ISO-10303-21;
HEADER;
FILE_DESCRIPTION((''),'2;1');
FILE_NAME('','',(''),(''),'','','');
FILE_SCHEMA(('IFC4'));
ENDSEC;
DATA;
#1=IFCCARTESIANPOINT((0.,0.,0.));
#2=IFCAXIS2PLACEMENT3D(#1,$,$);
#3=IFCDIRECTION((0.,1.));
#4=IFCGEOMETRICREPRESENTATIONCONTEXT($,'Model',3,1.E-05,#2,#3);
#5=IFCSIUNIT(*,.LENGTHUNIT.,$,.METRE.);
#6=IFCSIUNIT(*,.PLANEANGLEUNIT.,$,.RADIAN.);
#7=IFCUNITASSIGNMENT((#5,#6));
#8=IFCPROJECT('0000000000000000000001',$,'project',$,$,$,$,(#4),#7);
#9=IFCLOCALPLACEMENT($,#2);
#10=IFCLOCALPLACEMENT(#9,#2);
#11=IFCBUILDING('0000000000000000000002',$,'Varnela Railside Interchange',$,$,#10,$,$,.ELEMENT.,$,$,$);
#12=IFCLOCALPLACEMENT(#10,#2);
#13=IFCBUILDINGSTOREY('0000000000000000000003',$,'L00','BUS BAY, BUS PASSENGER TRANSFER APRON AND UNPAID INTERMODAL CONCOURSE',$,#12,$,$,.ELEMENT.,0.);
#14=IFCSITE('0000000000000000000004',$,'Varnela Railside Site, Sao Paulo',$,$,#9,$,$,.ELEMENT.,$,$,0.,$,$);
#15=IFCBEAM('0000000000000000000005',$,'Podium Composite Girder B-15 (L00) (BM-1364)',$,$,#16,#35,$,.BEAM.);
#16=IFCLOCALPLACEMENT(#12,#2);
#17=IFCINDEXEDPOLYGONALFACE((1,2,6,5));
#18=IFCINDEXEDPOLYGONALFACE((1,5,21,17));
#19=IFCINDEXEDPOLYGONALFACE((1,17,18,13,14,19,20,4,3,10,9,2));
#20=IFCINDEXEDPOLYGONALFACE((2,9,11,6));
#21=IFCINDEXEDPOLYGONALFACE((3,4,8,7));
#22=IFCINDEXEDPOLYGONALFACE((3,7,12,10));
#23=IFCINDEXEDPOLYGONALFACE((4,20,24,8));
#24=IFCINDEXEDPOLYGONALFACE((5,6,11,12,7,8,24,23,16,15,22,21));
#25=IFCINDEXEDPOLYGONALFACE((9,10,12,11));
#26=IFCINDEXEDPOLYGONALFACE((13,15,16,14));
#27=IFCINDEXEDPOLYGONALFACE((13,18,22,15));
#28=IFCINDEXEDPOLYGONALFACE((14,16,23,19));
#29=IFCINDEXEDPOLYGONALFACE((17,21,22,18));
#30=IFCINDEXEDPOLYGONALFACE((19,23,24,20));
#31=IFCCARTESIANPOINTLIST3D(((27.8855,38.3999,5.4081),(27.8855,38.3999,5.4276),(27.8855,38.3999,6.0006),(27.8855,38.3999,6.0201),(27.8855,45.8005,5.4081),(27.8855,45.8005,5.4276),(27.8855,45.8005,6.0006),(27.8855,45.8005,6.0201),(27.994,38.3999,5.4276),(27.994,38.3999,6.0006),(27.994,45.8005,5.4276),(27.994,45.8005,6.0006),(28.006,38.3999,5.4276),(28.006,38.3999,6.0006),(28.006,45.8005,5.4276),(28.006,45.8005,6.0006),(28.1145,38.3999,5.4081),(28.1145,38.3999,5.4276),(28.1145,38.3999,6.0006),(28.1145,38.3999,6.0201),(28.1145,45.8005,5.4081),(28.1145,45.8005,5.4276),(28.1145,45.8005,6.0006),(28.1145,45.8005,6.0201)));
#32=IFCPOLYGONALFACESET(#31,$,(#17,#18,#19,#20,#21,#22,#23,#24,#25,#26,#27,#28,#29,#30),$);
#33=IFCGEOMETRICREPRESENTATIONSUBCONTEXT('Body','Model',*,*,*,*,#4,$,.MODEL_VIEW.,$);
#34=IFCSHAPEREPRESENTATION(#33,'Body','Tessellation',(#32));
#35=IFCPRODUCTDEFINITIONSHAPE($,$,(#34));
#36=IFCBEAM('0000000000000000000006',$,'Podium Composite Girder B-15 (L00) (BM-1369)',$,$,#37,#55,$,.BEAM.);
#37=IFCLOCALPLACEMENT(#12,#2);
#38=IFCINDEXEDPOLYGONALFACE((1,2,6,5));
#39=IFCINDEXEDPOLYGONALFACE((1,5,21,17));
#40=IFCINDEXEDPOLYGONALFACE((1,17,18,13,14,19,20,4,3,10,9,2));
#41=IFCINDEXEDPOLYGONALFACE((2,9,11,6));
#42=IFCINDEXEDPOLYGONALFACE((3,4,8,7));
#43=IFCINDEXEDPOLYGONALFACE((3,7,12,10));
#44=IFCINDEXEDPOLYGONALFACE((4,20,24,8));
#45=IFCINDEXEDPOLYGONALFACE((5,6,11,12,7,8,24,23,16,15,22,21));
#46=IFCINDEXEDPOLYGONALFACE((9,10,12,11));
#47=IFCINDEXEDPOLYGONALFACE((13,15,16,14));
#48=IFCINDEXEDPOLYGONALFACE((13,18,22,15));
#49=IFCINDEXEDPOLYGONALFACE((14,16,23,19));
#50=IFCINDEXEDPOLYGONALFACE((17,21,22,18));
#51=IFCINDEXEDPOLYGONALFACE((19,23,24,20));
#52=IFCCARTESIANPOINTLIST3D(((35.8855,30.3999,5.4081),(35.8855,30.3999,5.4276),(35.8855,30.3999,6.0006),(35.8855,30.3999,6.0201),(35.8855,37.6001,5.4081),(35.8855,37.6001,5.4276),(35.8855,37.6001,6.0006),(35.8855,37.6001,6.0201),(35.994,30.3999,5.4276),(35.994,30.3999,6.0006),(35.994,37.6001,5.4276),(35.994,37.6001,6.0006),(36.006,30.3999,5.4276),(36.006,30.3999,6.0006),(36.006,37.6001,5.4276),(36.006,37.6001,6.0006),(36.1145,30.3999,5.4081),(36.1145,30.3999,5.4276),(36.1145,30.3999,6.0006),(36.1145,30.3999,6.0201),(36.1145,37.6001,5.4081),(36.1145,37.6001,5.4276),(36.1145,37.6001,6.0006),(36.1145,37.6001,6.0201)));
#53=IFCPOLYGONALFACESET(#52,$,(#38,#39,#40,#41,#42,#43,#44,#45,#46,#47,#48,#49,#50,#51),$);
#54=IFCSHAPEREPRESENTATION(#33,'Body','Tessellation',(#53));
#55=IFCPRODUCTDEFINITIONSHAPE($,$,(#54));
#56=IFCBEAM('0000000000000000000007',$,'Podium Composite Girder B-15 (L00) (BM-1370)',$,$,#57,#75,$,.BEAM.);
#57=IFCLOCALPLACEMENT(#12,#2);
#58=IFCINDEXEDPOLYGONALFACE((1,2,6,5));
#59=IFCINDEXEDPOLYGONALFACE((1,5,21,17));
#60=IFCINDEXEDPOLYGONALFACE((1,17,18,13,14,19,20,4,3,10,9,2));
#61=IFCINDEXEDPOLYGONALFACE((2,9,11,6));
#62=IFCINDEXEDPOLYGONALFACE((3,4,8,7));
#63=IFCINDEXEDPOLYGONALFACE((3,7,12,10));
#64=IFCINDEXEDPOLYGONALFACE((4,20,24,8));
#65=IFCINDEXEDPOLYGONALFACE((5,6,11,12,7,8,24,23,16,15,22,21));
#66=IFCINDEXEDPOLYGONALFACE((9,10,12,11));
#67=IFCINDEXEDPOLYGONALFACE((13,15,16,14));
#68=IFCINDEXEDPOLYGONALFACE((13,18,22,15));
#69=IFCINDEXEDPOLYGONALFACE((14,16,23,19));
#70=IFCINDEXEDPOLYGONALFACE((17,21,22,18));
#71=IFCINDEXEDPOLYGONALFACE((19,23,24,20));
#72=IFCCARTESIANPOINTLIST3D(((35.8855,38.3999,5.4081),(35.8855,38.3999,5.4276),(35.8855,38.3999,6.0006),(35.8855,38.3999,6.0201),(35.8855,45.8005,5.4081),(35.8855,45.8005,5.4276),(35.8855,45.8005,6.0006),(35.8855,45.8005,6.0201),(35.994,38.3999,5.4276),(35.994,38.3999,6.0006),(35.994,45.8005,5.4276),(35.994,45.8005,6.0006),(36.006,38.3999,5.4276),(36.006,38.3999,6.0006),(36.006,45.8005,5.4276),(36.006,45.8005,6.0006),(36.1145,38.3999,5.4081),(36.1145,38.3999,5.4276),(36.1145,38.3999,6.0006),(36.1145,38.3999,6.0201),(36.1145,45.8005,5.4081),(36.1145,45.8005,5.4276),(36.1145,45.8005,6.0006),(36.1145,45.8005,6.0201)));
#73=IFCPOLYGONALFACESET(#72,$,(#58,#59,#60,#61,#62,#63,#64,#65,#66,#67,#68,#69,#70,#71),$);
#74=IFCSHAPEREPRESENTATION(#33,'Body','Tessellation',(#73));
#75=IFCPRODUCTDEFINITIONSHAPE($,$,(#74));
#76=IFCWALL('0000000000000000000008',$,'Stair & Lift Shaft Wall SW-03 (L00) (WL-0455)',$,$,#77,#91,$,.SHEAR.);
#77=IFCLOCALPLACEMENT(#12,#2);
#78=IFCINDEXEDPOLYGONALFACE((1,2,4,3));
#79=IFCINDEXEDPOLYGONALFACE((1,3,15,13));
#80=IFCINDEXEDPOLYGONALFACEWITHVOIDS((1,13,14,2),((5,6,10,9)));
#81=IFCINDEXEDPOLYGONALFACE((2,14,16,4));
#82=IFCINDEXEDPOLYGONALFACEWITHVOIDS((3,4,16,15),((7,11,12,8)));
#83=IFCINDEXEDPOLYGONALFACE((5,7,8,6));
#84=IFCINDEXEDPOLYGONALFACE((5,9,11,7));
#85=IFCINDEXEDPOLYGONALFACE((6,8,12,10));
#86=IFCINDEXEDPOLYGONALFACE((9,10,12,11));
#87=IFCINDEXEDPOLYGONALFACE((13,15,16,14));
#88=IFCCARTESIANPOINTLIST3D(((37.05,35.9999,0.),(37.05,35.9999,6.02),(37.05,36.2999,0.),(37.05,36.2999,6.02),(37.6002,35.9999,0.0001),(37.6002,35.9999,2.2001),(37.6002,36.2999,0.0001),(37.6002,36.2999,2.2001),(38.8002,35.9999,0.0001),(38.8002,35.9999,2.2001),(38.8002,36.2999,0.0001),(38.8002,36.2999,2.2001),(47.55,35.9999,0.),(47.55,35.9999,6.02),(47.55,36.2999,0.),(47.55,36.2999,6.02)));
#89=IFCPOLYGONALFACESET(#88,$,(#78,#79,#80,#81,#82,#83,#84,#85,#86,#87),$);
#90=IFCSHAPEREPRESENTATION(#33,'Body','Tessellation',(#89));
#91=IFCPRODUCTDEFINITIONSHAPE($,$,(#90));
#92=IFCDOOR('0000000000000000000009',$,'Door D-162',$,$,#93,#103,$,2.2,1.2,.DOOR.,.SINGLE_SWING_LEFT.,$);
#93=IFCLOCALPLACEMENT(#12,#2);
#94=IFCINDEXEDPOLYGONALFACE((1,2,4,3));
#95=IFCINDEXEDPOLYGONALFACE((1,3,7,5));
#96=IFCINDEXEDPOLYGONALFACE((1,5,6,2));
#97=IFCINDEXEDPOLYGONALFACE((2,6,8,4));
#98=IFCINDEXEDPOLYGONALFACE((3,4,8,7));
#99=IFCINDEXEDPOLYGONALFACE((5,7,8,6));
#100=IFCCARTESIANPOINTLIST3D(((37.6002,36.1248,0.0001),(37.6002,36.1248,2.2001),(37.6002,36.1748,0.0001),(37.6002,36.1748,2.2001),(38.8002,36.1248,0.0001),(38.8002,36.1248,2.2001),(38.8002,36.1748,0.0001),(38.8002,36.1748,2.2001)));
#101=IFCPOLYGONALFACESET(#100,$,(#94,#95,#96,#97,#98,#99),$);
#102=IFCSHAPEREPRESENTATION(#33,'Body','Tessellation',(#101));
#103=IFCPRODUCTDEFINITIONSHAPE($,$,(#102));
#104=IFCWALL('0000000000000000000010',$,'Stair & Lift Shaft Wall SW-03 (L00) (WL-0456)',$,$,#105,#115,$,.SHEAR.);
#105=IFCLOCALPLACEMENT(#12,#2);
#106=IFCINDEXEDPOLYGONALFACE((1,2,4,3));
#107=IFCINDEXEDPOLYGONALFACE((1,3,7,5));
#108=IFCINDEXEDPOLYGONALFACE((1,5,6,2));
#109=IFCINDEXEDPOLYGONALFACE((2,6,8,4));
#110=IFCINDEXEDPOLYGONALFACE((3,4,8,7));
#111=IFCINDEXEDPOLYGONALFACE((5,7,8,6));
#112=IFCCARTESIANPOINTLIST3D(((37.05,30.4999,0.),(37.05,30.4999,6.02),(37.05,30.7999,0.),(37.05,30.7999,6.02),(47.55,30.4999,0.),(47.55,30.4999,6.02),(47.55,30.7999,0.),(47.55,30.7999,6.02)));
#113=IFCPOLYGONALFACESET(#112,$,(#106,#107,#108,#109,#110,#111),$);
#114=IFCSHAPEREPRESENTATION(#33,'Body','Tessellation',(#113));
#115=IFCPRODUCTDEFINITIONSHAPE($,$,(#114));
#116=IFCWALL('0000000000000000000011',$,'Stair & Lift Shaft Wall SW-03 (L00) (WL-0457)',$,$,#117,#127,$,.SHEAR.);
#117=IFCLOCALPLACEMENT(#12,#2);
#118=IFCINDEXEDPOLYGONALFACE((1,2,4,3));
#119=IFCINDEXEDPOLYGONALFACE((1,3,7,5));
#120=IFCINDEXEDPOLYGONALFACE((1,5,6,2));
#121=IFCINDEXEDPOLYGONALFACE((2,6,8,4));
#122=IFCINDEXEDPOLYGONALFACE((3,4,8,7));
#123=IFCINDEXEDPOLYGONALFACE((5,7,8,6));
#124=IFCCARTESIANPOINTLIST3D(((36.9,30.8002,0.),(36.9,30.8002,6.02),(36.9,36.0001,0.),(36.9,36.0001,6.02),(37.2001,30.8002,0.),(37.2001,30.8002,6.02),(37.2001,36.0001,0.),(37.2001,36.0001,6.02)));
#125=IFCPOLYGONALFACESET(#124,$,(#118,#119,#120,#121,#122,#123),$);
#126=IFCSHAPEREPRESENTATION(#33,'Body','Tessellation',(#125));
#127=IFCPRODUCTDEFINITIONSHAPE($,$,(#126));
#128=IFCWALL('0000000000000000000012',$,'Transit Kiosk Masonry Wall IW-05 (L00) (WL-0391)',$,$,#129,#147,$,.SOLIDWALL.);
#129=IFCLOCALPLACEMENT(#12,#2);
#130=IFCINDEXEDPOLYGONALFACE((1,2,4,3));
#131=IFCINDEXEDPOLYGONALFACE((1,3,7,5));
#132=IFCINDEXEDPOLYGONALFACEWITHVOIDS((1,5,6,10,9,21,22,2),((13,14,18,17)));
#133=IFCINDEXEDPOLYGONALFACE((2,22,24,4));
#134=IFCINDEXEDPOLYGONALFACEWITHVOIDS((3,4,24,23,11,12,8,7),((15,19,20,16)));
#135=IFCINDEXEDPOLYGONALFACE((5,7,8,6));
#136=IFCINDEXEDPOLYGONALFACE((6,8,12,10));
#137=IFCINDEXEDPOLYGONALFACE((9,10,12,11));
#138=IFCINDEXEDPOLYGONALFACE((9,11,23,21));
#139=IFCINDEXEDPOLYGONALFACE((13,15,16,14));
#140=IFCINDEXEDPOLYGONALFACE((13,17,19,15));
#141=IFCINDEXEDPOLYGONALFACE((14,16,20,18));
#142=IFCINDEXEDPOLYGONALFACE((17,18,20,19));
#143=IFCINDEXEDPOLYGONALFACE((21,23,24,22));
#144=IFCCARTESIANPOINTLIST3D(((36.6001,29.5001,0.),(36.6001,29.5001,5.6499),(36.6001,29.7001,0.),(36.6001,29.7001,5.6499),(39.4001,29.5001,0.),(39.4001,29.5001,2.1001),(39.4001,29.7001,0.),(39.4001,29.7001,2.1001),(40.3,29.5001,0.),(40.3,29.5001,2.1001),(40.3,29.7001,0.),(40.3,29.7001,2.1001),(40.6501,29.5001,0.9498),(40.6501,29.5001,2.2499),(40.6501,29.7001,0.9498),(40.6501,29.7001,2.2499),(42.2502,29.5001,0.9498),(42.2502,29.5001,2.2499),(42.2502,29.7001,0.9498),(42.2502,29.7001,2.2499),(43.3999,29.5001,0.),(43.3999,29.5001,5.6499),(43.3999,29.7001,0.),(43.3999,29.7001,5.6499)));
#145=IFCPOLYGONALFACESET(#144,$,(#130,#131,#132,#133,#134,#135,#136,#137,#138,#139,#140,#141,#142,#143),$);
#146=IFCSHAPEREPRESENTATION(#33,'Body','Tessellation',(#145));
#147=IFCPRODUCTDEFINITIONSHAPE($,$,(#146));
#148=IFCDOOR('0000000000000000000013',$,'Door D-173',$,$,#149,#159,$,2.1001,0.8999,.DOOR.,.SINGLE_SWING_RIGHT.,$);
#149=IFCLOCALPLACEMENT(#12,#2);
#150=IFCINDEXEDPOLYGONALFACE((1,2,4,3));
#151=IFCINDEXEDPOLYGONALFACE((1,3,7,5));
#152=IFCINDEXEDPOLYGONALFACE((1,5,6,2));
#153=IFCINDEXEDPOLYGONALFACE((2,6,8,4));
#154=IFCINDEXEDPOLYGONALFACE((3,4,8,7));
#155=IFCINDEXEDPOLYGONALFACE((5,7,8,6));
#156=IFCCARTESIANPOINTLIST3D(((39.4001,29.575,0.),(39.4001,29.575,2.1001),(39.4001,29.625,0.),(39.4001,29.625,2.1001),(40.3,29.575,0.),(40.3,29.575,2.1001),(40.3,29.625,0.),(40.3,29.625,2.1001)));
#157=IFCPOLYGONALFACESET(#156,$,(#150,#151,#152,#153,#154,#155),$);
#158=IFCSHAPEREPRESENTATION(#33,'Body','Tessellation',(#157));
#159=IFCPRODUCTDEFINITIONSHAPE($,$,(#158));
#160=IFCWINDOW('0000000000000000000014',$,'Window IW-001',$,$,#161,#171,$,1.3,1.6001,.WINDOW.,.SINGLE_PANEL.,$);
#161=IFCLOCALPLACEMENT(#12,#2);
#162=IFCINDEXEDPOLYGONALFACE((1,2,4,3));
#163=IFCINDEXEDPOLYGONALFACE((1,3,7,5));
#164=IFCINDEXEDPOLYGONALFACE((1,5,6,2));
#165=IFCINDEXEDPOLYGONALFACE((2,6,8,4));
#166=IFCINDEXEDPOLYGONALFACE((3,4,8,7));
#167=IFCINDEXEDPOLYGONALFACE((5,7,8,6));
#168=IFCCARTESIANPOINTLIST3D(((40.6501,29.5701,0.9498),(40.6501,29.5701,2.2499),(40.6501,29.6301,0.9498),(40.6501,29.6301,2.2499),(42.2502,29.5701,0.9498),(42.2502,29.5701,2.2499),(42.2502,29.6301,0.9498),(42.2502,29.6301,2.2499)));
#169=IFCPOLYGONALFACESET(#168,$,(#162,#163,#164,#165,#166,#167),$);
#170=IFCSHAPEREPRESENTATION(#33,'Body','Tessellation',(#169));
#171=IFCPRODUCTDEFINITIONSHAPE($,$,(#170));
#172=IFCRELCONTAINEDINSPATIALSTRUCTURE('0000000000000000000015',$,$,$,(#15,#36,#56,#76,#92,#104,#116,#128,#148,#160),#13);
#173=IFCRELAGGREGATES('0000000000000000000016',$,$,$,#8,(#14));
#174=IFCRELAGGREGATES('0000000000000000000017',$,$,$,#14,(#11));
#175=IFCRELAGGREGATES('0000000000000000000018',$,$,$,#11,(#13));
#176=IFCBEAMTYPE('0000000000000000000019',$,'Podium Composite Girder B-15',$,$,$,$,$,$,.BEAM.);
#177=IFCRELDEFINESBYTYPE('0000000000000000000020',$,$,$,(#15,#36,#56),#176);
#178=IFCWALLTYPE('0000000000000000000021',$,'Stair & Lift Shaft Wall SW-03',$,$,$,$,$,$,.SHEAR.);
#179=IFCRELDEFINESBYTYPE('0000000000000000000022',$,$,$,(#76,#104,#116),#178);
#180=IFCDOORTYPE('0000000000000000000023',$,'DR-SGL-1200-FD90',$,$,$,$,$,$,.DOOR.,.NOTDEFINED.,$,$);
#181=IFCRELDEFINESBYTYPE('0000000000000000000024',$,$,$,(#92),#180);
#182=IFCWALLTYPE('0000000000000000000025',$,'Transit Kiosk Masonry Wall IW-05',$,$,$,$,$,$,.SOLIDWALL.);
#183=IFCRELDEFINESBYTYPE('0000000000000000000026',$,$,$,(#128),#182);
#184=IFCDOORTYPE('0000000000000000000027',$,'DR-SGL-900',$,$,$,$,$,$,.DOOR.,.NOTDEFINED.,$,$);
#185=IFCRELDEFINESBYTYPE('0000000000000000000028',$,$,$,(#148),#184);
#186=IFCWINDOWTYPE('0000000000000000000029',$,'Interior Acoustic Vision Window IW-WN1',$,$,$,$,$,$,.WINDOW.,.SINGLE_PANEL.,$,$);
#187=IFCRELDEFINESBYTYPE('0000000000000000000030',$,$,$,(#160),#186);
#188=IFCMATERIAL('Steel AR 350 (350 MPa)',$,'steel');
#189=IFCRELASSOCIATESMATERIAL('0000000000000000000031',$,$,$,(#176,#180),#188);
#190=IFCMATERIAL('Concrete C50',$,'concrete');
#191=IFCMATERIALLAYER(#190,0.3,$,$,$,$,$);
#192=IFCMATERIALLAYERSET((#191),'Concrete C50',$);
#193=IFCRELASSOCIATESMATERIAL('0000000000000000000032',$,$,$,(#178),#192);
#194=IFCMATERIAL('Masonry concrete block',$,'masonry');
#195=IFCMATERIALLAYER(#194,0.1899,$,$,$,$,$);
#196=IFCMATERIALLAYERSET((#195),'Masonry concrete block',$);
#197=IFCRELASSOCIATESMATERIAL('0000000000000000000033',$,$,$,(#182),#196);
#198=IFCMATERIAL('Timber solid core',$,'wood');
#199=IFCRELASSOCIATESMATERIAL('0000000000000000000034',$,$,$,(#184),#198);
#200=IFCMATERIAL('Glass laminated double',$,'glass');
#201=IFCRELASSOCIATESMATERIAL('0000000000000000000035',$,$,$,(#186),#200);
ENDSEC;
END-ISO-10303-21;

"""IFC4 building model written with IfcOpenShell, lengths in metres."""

from ifc_helpers import new_model, si_unit, direction, frame, frame_2d, origin, origin_2d, place, context, subcontext, project, spatial, rectangle, i_section, extrude, material, layer, layer_set, material_profile, profile_set, type_object, element, fill, save


model = new_model("IFC4")

# Units and contexts
model_context = context("Model", 3, precision=1e-05, world=origin(), true_north=direction((0.0, 1.0)))
body_context = subcontext(model_context, "Body", "Model", "MODEL_VIEW")
ifc_project = project(units=[si_unit("LENGTHUNIT", "METRE"), si_unit("PLANEANGLEUNIT", "RADIAN")], contexts=[model_context])

# Site, building, storey
site_placement = place(None, origin())
site = spatial("IfcSite", under=ifc_project, at=site_placement, Name="Varnela Railside Site, Sao Paulo", CompositionType="ELEMENT", RefElevation=0.0)
building_placement = place(site_placement, origin())
building = spatial("IfcBuilding", under=site, at=building_placement, Name="Varnela Railside Interchange", CompositionType="ELEMENT")
storey_placement = place(building_placement, origin())
storey = spatial("IfcBuildingStorey", under=building, at=storey_placement, Name="L00", Description="BUS BAY, BUS PASSENGER TRANSFER APRON AND UNPAID INTERMODAL CONCOURSE", CompositionType="ELEMENT", Elevation=0.0)

# Shared definitions
ifc_material_1 = material(Name="Concrete C50", Category="concrete")

# Beams
ifc_material_2 = material(Name="Steel AR 350 (350 MPa)", Category="steel")
ifc_material_profile_1 = material_profile(ifc_material_2, i_section(OverallWidth=0.229, OverallDepth=0.6121, WebThickness=0.012, FlangeThickness=0.0195, at=origin_2d()), Name="W610x125")
ifc_profile_set_1 = profile_set([ifc_material_profile_1], Name="Steel AR 350 (350 MPa)")
beam_type_1 = type_object("IfcBeamType", Name="Podium Composite Girder B-15", PredefinedType="BEAM", material=ifc_profile_set_1)
beam_1_placement = place(storey_placement, frame((28.0, 38.3999, 5.7141), z_axis=(0.0, 1.0, 0.0), x_axis=(-1.0, 0.0, 0.0)))
element("IfcBeam", 1, at=beam_1_placement, inside=storey, type_object=beam_type_1, Name="Podium Composite Girder B-15 (L00) (BM-1364)", PredefinedType="BEAM", context=body_context, shape_type="SweptSolid", body=[
    extrude(i_section(OverallWidth=0.229, OverallDepth=0.6121, WebThickness=0.012, FlangeThickness=0.0195, at=origin_2d()), origin(), (0.0, 0.0, 1.0), 7.4006),
])
beam_2_placement = place(storey_placement, frame((36.0, 30.3999, 5.7141), z_axis=(0.0, 1.0, 0.0), x_axis=(-1.0, 0.0, 0.0)))
element("IfcBeam", 2, at=beam_2_placement, inside=storey, type_object=beam_type_1, Name="Podium Composite Girder B-15 (L00) (BM-1369)", PredefinedType="BEAM", context=body_context, shape_type="SweptSolid", body=[
    extrude(i_section(OverallWidth=0.229, OverallDepth=0.6121, WebThickness=0.012, FlangeThickness=0.0195, at=origin_2d()), origin(), (0.0, 0.0, 1.0), 7.2002),
])
beam_3_placement = place(storey_placement, frame((36.0, 38.3999, 5.7141), z_axis=(0.0, 1.0, 0.0), x_axis=(-1.0, 0.0, 0.0)))
element("IfcBeam", 3, at=beam_3_placement, inside=storey, type_object=beam_type_1, Name="Podium Composite Girder B-15 (L00) (BM-1370)", PredefinedType="BEAM", context=body_context, shape_type="SweptSolid", body=[
    extrude(i_section(OverallWidth=0.229, OverallDepth=0.6121, WebThickness=0.012, FlangeThickness=0.0195, at=origin_2d()), origin(), (0.0, 0.0, 1.0), 7.4006),
])

# Wall, opening, door
ifc_layer_1 = layer(ifc_material_1, 0.3)
ifc_layer_set_1 = layer_set([ifc_layer_1], Name="Concrete C50")
wall_type_1 = type_object("IfcWallType", Name="Stair & Lift Shaft Wall SW-03", PredefinedType="SHEAR", material=ifc_layer_set_1)
wall_1_placement = place(storey_placement, frame((37.05, 36.1499, 0.0), z_axis=(0.0, 0.0, 1.0), x_axis=(1.0, 0.0, 0.0)))
wall_1 = element("IfcWall", 4, at=wall_1_placement, inside=storey, type_object=wall_type_1, Name="Stair & Lift Shaft Wall SW-03 (L00) (WL-0455)", PredefinedType="SHEAR", context=body_context, shape_type="SweptSolid", body=[
    extrude(rectangle(XDim=10.5, YDim=0.3, at=frame_2d((5.25, 0.0))), origin(), (0.0, 0.0, 1.0), 6.02),
])
opening_1_placement = place(wall_1_placement, frame((0.55, 0.0, 0.0)))
opening_1 = element("IfcOpeningElement", 5, at=opening_1_placement, cuts=wall_1, PredefinedType="OPENING", context=body_context, shape_type="SweptSolid", body=[
    extrude(rectangle(XDim=1.2, YDim=2.2, at=frame_2d((0.6001, 1.1001))), frame((0.0, 0.1599, 0.0), z_axis=(0.0, -1.0, 0.0), x_axis=(1.0, 0.0, 0.0)), (0.0, 0.0, 1.0), 0.3201),
])
door_type_1 = type_object("IfcDoorType", Name="DR-SGL-1200-FD90", OperationType="NOTDEFINED", PredefinedType="DOOR", material=ifc_material_2)
door_1_placement = place(opening_1_placement, origin())
door_1 = element("IfcDoor", 6, at=door_1_placement, inside=storey, type_object=door_type_1, Name="Door D-162", OperationType="SINGLE_SWING_LEFT", OverallHeight=2.2, OverallWidth=1.2, PredefinedType="DOOR", context=body_context, shape_type="SweptSolid", body=[
    extrude(rectangle(XDim=1.2, YDim=2.2, at=frame_2d((0.6001, 1.1001))), frame((0.0, 0.0249, 0.0), z_axis=(0.0, -1.0, 0.0), x_axis=(1.0, 0.0, 0.0)), (0.0, 0.0, 1.0), 0.05),
])
fill(opening_1, door_1)

# Walls
wall_2_placement = place(storey_placement, frame((37.05, 30.6499, 0.0), z_axis=(0.0, 0.0, 1.0), x_axis=(1.0, 0.0, 0.0)))
element("IfcWall", 7, at=wall_2_placement, inside=storey, type_object=wall_type_1, Name="Stair & Lift Shaft Wall SW-03 (L00) (WL-0456)", PredefinedType="SHEAR", context=body_context, shape_type="SweptSolid", body=[
    extrude(rectangle(XDim=10.5, YDim=0.3, at=frame_2d((5.25, 0.0))), origin(), (0.0, 0.0, 1.0), 6.02),
])
wall_3_placement = place(storey_placement, frame((37.05, 30.8, 0.0), z_axis=(0.0, 0.0, 1.0), x_axis=(0.0, 1.0, 0.0)))
element("IfcWall", 8, at=wall_3_placement, inside=storey, type_object=wall_type_1, Name="Stair & Lift Shaft Wall SW-03 (L00) (WL-0457)", PredefinedType="SHEAR", context=body_context, shape_type="SweptSolid", body=[
    extrude(rectangle(XDim=5.2, YDim=0.3, at=frame_2d((2.6001, 0.0))), origin(), (0.0, 0.0, 1.0), 6.02),
])

# Wall, openings, door, window
ifc_material_3 = material(Name="Masonry concrete block", Category="masonry")
ifc_layer_2 = layer(ifc_material_3, 0.1899)
ifc_layer_set_2 = layer_set([ifc_layer_2], Name="Masonry concrete block")
wall_type_2 = type_object("IfcWallType", Name="Transit Kiosk Masonry Wall IW-05", PredefinedType="SOLIDWALL", material=ifc_layer_set_2)
wall_4_placement = place(storey_placement, frame((36.6001, 29.6001, 0.0), z_axis=(0.0, 0.0, 1.0), x_axis=(1.0, 0.0, 0.0)))
wall_4 = element("IfcWall", 9, at=wall_4_placement, inside=storey, type_object=wall_type_2, Name="Transit Kiosk Masonry Wall IW-05 (L00) (WL-0391)", PredefinedType="SOLIDWALL", context=body_context, shape_type="SweptSolid", body=[
    extrude(rectangle(XDim=6.7998, YDim=0.2, at=frame_2d((3.3999, 0.0))), origin(), (0.0, 0.0, 1.0), 5.6499),
])
opening_2_placement = place(wall_4_placement, frame((2.8, 0.0, 0.0)))
opening_2 = element("IfcOpeningElement", 10, at=opening_2_placement, cuts=wall_4, PredefinedType="OPENING", context=body_context, shape_type="SweptSolid", body=[
    extrude(rectangle(XDim=0.8999, YDim=2.1001, at=frame_2d((0.45, 1.05))), frame((0.0, 0.1099, 0.0), z_axis=(0.0, -1.0, 0.0), x_axis=(1.0, 0.0, 0.0)), (0.0, 0.0, 1.0), 0.22),
])
opening_3_placement = place(wall_4_placement, frame((4.05, 0.0, 0.95)))
opening_3 = element("IfcOpeningElement", 11, at=opening_3_placement, cuts=wall_4, PredefinedType="OPENING", context=body_context, shape_type="SweptSolid", body=[
    extrude(rectangle(XDim=1.6001, YDim=1.3, at=frame_2d((0.8, 0.6499))), frame((0.0, 0.1099, 0.0), z_axis=(0.0, -1.0, 0.0), x_axis=(1.0, 0.0, 0.0)), (0.0, 0.0, 1.0), 0.22),
])
ifc_material_4 = material(Name="Timber solid core", Category="wood")
door_type_2 = type_object("IfcDoorType", Name="DR-SGL-900", OperationType="NOTDEFINED", PredefinedType="DOOR", material=ifc_material_4)
door_2_placement = place(opening_2_placement, origin())
door_2 = element("IfcDoor", 12, at=door_2_placement, inside=storey, type_object=door_type_2, Name="Door D-173", OperationType="SINGLE_SWING_RIGHT", OverallHeight=2.1001, OverallWidth=0.8999, PredefinedType="DOOR", context=body_context, shape_type="SweptSolid", body=[
    extrude(rectangle(XDim=0.8999, YDim=2.1001, at=frame_2d((0.45, 1.05))), frame((0.0, 0.0249, 0.0), z_axis=(0.0, -1.0, 0.0), x_axis=(1.0, 0.0, 0.0)), (0.0, 0.0, 1.0), 0.05),
])
fill(opening_2, door_2)
ifc_material_5 = material(Name="Glass laminated double", Category="glass")
window_type = type_object("IfcWindowType", Name="Interior Acoustic Vision Window IW-WN1", PartitioningType="SINGLE_PANEL", PredefinedType="WINDOW", material=ifc_material_5)
window_placement = place(opening_3_placement, origin())
window = element("IfcWindow", 13, at=window_placement, inside=storey, type_object=window_type, Name="Window IW-001", OverallHeight=1.3, OverallWidth=1.6001, PartitioningType="SINGLE_PANEL", PredefinedType="WINDOW", context=body_context, shape_type="SweptSolid", body=[
    extrude(rectangle(XDim=1.6001, YDim=1.3, at=frame_2d((0.8, 0.6499))), frame((0.0, 0.03, 0.0), z_axis=(0.0, -1.0, 0.0), x_axis=(1.0, 0.0, 0.0)), (0.0, 0.0, 1.0), 0.0601),
])
fill(opening_3, window)

save(model, "model.ifc")
